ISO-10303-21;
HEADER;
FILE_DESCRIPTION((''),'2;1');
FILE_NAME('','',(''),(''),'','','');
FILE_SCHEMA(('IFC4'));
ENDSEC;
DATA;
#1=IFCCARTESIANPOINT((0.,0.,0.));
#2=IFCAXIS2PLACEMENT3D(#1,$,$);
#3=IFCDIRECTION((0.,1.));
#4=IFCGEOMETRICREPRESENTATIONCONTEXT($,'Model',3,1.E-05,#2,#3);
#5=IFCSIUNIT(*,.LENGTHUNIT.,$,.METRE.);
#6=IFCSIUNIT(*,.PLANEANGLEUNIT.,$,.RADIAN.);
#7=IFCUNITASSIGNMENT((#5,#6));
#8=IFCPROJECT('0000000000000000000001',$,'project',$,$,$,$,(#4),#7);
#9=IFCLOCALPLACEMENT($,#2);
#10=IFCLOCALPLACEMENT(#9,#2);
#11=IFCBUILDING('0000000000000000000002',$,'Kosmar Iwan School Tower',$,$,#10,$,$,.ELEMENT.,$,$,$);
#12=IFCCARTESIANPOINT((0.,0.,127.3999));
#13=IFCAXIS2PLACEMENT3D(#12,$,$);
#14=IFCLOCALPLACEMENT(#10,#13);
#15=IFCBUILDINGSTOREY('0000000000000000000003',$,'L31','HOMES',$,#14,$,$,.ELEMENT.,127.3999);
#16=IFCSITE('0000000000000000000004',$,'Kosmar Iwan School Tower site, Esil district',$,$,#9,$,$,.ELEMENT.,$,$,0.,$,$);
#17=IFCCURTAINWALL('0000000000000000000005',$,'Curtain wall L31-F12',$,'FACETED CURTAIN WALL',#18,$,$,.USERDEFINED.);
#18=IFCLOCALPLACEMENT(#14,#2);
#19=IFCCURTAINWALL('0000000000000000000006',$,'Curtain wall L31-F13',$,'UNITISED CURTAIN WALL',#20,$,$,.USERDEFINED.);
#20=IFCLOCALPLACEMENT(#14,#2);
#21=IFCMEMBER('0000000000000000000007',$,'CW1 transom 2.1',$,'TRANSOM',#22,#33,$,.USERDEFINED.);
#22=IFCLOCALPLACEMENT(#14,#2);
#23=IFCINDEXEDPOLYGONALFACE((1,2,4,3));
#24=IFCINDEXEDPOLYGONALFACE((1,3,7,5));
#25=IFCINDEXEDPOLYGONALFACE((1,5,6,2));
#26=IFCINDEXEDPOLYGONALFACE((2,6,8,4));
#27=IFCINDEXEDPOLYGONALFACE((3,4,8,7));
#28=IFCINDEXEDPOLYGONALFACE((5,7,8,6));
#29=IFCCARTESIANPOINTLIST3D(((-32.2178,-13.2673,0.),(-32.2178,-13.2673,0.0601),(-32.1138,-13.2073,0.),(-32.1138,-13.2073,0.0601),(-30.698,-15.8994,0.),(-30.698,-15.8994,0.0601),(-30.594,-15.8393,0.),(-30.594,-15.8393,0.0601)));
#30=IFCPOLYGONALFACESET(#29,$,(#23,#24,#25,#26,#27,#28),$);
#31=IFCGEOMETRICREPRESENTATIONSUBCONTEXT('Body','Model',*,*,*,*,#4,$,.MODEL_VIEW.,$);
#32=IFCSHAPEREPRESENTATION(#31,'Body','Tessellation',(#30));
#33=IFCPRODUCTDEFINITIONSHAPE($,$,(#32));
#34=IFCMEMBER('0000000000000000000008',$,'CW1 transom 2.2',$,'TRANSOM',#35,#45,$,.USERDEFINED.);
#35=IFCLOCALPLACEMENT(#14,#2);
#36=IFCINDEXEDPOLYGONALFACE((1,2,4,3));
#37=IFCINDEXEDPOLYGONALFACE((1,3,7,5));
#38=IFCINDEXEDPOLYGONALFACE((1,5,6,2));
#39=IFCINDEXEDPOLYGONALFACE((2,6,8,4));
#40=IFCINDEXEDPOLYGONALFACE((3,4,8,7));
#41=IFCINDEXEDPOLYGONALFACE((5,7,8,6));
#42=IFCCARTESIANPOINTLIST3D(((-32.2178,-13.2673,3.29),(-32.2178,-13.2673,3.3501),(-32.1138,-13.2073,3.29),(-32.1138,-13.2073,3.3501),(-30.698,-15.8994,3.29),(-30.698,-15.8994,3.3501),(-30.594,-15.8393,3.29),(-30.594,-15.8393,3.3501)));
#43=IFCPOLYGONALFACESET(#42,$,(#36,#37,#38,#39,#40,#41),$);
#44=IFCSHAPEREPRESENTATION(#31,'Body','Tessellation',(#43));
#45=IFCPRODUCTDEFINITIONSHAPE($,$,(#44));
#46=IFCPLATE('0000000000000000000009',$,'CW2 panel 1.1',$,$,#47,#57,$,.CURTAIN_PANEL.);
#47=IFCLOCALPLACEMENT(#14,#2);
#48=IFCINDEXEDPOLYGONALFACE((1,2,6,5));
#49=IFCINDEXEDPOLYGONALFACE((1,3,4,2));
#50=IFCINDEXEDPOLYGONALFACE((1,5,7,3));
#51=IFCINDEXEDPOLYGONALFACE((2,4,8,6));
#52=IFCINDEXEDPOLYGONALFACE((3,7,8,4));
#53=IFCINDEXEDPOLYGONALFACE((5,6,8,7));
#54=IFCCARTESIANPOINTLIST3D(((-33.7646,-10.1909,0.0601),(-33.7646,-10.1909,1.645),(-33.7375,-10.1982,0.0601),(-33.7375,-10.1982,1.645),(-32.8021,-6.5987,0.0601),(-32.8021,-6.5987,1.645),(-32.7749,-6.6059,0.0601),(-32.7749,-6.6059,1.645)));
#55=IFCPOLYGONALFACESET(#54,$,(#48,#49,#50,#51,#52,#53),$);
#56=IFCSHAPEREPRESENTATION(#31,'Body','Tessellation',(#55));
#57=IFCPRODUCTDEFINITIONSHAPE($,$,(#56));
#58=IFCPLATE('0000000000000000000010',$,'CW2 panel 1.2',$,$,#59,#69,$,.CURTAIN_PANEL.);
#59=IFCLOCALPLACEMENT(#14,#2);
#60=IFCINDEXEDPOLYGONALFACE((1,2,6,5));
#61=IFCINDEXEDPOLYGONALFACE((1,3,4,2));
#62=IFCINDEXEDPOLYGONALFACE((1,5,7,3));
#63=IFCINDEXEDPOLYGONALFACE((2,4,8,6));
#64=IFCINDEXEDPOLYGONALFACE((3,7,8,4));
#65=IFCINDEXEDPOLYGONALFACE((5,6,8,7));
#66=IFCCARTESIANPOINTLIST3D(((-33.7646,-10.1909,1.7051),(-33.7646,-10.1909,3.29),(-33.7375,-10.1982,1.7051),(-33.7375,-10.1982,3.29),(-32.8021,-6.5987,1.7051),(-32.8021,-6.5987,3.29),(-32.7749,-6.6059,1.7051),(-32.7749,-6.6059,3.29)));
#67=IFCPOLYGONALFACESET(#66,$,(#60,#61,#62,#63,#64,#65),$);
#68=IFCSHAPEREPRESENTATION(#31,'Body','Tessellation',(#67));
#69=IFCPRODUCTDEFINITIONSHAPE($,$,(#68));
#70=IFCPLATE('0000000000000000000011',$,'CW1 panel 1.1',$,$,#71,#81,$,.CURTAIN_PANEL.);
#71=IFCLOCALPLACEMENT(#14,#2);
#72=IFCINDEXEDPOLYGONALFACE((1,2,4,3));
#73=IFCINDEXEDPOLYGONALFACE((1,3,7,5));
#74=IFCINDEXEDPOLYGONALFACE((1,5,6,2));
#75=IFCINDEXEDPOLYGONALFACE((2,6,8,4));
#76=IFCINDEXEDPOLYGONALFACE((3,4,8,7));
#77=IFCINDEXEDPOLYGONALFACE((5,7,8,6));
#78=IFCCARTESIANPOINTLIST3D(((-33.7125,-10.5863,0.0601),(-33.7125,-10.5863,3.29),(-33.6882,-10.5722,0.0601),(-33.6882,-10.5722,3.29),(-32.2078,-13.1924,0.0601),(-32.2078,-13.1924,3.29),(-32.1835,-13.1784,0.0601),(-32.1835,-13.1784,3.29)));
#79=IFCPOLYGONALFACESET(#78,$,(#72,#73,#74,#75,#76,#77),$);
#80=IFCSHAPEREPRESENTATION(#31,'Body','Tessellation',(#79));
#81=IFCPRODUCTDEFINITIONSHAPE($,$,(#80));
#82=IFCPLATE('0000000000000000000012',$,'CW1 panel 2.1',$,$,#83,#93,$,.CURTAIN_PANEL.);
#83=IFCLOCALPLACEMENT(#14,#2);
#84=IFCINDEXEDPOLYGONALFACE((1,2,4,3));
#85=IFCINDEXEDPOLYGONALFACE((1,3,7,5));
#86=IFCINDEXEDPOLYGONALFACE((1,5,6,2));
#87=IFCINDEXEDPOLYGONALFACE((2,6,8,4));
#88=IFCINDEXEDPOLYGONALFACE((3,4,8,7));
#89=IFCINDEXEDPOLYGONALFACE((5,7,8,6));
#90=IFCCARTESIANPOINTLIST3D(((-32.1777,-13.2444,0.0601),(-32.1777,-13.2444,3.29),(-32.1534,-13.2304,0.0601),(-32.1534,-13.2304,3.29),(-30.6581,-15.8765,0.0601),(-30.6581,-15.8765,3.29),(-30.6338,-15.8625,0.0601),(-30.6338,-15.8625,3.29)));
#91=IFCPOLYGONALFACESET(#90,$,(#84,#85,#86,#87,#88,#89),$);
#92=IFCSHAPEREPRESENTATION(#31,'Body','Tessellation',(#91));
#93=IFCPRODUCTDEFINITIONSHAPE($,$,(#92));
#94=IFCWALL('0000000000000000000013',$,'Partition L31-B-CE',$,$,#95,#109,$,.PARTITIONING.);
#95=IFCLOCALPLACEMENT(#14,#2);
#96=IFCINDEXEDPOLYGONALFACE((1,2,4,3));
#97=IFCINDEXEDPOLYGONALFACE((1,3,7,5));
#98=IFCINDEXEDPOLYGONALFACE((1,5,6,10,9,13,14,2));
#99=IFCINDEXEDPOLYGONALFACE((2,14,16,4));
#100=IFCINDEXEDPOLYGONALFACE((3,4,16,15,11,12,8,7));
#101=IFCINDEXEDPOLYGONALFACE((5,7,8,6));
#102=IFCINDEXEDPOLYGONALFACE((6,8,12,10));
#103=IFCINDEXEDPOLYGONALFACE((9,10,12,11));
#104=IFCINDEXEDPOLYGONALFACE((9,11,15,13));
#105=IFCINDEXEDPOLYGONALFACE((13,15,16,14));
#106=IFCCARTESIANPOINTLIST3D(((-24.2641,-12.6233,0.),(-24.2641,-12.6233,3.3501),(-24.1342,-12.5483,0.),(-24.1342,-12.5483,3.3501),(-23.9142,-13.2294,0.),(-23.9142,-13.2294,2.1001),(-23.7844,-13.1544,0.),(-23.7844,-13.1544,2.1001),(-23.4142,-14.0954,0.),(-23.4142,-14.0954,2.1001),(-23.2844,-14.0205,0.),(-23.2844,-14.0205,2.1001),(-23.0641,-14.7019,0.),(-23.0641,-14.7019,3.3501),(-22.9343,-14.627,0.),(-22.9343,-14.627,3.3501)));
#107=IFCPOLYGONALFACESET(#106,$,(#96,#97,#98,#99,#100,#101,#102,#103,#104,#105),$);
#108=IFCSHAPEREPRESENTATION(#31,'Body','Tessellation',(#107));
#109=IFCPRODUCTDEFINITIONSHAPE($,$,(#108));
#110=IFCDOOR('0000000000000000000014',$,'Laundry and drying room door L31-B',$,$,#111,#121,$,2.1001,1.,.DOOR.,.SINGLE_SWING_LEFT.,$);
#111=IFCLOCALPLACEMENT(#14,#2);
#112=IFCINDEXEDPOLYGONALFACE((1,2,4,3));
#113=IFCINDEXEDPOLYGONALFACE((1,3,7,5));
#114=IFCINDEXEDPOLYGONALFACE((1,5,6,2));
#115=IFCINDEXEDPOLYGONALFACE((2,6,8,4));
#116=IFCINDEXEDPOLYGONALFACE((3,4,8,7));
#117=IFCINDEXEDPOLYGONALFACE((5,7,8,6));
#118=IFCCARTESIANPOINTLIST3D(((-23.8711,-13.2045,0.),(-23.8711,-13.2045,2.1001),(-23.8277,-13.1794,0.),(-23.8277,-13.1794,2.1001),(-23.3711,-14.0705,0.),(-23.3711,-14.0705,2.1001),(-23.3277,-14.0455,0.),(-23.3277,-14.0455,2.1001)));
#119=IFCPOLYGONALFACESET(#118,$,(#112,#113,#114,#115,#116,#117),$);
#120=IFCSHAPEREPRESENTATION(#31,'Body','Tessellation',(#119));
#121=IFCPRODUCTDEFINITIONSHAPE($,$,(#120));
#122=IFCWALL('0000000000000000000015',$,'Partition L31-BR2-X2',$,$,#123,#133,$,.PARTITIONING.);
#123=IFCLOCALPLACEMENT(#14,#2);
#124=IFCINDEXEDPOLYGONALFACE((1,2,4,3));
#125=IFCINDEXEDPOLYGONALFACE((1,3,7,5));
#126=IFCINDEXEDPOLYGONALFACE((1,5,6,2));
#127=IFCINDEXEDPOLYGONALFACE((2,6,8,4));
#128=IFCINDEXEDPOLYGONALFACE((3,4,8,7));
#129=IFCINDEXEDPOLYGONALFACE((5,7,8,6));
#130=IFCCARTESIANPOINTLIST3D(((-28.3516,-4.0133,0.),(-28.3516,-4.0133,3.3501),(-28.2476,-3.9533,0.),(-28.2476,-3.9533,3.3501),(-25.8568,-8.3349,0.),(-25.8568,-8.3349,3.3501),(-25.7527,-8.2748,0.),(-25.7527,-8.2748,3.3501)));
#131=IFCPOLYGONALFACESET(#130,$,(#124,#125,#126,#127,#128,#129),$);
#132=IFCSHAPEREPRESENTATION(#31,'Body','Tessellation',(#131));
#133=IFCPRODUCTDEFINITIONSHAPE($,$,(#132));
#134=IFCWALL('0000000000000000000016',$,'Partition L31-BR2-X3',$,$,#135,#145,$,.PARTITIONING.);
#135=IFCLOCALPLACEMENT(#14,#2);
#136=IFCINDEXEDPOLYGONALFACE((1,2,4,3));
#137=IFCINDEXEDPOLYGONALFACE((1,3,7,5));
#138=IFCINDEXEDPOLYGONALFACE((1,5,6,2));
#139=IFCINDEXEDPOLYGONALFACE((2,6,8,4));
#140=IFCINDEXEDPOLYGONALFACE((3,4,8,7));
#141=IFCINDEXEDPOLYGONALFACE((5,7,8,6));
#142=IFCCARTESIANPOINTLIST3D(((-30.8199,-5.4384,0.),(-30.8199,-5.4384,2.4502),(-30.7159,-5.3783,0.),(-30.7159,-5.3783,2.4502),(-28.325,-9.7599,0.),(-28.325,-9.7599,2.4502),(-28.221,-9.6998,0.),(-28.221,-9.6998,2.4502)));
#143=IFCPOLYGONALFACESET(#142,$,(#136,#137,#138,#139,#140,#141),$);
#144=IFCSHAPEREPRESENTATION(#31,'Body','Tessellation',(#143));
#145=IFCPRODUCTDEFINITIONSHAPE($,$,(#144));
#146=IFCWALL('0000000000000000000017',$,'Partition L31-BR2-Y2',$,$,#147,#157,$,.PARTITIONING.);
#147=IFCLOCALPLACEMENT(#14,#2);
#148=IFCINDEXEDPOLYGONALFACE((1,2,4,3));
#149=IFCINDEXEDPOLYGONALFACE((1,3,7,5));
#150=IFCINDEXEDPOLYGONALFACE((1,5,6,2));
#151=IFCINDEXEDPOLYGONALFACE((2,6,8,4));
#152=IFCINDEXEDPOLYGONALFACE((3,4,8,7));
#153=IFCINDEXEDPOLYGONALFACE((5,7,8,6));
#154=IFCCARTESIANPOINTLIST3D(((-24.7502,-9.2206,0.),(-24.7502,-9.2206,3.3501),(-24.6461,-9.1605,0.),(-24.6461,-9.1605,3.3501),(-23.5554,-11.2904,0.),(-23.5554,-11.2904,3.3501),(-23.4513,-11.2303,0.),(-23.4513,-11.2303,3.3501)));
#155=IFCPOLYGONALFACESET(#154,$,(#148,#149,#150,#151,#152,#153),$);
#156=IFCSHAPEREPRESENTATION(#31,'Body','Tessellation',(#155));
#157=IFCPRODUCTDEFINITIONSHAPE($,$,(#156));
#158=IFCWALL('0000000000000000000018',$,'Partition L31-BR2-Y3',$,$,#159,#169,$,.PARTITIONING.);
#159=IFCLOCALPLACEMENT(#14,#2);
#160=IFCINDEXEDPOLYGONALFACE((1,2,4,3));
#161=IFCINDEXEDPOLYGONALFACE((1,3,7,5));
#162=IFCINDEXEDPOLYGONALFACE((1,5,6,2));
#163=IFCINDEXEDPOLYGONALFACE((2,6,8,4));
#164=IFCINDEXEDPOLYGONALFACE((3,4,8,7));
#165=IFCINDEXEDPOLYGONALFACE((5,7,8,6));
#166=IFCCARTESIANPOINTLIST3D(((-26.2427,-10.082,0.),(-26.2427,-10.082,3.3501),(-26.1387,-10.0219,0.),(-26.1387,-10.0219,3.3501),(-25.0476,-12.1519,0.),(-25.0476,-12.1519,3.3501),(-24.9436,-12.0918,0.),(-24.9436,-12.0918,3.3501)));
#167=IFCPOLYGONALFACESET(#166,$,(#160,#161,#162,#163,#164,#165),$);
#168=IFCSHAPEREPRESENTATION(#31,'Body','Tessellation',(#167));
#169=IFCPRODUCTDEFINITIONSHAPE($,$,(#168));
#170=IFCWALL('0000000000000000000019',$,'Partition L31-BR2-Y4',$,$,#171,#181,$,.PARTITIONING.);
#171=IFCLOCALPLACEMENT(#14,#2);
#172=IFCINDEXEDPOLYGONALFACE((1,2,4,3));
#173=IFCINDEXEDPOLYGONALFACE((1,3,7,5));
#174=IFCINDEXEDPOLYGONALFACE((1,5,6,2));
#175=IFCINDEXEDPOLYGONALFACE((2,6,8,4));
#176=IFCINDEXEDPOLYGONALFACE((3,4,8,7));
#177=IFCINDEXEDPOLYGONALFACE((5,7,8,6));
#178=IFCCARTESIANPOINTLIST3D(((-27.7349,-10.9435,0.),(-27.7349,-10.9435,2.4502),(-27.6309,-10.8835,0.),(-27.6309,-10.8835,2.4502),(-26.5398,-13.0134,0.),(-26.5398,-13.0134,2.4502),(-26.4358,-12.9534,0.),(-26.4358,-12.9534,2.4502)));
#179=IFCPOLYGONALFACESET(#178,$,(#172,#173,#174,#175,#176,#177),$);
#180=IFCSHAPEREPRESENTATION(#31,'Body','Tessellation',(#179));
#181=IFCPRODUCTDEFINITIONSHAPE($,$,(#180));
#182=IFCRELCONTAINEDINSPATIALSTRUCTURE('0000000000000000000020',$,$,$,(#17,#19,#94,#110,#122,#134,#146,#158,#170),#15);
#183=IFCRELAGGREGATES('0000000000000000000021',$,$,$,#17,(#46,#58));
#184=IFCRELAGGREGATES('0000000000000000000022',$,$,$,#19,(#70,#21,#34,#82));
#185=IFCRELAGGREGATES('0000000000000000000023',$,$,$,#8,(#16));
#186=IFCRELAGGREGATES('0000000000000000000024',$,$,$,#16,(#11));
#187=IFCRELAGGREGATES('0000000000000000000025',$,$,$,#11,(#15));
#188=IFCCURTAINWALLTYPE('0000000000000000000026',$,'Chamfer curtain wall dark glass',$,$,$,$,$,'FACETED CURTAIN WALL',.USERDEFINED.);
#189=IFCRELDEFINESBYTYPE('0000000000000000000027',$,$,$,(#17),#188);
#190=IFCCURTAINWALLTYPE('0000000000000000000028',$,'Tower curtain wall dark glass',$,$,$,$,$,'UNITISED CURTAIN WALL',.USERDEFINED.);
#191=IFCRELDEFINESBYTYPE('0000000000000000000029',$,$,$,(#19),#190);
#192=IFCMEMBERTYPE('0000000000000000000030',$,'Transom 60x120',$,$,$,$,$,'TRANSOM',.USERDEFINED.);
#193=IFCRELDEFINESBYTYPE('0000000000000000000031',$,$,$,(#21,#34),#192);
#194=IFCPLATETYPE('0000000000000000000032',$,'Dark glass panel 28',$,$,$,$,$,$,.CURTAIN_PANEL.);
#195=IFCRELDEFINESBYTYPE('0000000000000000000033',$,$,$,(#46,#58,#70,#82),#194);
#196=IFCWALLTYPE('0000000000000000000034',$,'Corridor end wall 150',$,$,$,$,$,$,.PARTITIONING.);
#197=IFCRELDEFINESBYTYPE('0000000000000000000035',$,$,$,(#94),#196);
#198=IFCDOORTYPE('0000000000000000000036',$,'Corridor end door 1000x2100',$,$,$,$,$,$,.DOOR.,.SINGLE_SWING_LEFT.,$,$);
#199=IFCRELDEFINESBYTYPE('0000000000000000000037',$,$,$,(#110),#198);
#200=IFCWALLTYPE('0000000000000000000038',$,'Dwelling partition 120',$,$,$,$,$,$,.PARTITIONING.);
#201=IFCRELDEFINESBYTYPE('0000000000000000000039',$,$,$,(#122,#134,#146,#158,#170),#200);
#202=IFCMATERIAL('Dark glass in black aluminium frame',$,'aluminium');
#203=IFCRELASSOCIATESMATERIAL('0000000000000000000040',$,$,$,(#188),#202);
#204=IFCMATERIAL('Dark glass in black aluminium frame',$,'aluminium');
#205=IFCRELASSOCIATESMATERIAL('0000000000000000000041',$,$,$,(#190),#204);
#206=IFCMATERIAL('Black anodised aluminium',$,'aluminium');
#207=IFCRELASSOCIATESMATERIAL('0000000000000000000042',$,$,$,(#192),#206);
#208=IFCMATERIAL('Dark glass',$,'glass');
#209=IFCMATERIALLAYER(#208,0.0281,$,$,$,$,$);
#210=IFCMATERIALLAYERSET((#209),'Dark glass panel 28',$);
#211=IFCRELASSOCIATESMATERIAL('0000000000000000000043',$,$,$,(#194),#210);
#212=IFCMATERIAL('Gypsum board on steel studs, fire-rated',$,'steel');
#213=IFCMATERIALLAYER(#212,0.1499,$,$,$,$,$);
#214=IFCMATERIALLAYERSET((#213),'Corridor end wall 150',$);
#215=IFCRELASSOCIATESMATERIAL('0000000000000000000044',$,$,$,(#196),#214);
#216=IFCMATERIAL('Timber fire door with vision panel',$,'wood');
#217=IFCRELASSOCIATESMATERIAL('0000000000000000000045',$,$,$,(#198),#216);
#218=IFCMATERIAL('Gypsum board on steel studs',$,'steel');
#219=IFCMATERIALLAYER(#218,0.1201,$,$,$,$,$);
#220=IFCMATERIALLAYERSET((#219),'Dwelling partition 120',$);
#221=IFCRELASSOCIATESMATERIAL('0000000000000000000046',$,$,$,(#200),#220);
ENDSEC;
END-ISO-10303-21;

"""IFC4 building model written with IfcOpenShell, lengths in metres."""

from ifc_helpers import new_model, si_unit, direction, frame, frame_2d, origin, origin_2d, place, context, subcontext, project, spatial, rectangle, extrude, material, layer, layer_set, material_profile, profile_set, type_object, element, fill, aggregate, save


model = new_model("IFC4")

# Units and contexts
model_context = context("Model", 3, precision=1e-05, world=origin(), true_north=direction((0.0, 1.0)))
body_context = subcontext(model_context, "Body", "Model", "MODEL_VIEW")
ifc_project = project(units=[si_unit("LENGTHUNIT", "METRE"), si_unit("PLANEANGLEUNIT", "RADIAN")], contexts=[model_context])

# Site, building, storey
site_placement = place(None, origin())
site = spatial("IfcSite", under=ifc_project, at=site_placement, Name="Kosmar Iwan School Tower site, Esil district", CompositionType="ELEMENT", RefElevation=0.0)
building_placement = place(site_placement, origin())
building = spatial("IfcBuilding", under=site, at=building_placement, Name="Kosmar Iwan School Tower", CompositionType="ELEMENT")
storey_placement = place(building_placement, frame((0.0, 0.0, 127.3999)))
storey = spatial("IfcBuildingStorey", under=building, at=storey_placement, Name="L31", Description="HOMES", CompositionType="ELEMENT", Elevation=127.3999)

# Curtain wall
ifc_material_1 = material(Name="Dark glass in black aluminium frame", Category="aluminium")
curtain_wall_type_1 = type_object("IfcCurtainWallType", Name="Chamfer curtain wall dark glass", ElementType="FACETED CURTAIN WALL", PredefinedType="USERDEFINED", material=ifc_material_1)
curtain_wall_1_placement = place(storey_placement, origin())
curtain_wall_1 = element("IfcCurtainWall", 1, at=curtain_wall_1_placement, inside=storey, type_object=curtain_wall_type_1, Name="Curtain wall L31-F12", ObjectType="FACETED CURTAIN WALL", PredefinedType="USERDEFINED")

# Curtain wall
ifc_material_2 = material(Name="Dark glass in black aluminium frame", Category="aluminium")
curtain_wall_type_2 = type_object("IfcCurtainWallType", Name="Tower curtain wall dark glass", ElementType="UNITISED CURTAIN WALL", PredefinedType="USERDEFINED", material=ifc_material_2)
curtain_wall_2_placement = place(storey_placement, origin())
curtain_wall_2 = element("IfcCurtainWall", 2, at=curtain_wall_2_placement, inside=storey, type_object=curtain_wall_type_2, Name="Curtain wall L31-F13", ObjectType="UNITISED CURTAIN WALL", PredefinedType="USERDEFINED")

# Members
ifc_material_3 = material(Name="Black anodised aluminium", Category="aluminium")
ifc_material_profile_1 = material_profile(ifc_material_3, rectangle(XDim=0.1201, YDim=0.0601, at=origin_2d()), Name="TRANSOM 60x120")
ifc_profile_set_1 = profile_set([ifc_material_profile_1], Name="Black anodised aluminium")
member_type_1 = type_object("IfcMemberType", Name="Transom 60x120", ElementType="TRANSOM", PredefinedType="USERDEFINED", material=ifc_profile_set_1)
member_1_placement = place(storey_placement, frame((-32.1658, -13.2373, 0.03), z_axis=(0.500035, -0.866005, 0.0), x_axis=(0.866005, 0.500035, 0.0)))
member_1 = element("IfcMember", 3, at=member_1_placement, type_object=member_type_1, Name="CW1 transom 2.1", ObjectType="TRANSOM", PredefinedType="USERDEFINED", context=body_context, shape_type="SweptSolid", body=[
    extrude(rectangle(XDim=0.1201, YDim=0.0601, at=origin_2d()), origin(), (0.0, 0.0, 1.0), 3.0393),
])
member_2_placement = place(storey_placement, frame((-32.1658, -13.2373, 3.3201), z_axis=(0.500035, -0.866005, 0.0), x_axis=(0.866005, 0.500035, 0.0)))
member_2 = element("IfcMember", 4, at=member_2_placement, type_object=member_type_1, Name="CW1 transom 2.2", ObjectType="TRANSOM", PredefinedType="USERDEFINED", context=body_context, shape_type="SweptSolid", body=[
    extrude(rectangle(XDim=0.1201, YDim=0.0601, at=origin_2d()), origin(), (0.0, 0.0, 1.0), 3.0393),
])

# Plates
ifc_material_4 = material(Name="Dark glass", Category="glass")
ifc_layer_1 = layer(ifc_material_4, 0.0281)
ifc_layer_set_1 = layer_set([ifc_layer_1], Name="Dark glass panel 28")
plate_type = type_object("IfcPlateType", Name="Dark glass panel 28", PredefinedType="CURTAIN_PANEL", material=ifc_layer_set_1)
plate_1_placement = place(storey_placement, frame((-33.2698, -8.3984, 0.0601), z_axis=(0.0, 0.0, 1.0), x_axis=(-0.258819, -0.965926, 0.0)))
plate_1 = element("IfcPlate", 5, at=plate_1_placement, type_object=plate_type, Name="CW2 panel 1.1", PredefinedType="CURTAIN_PANEL", context=body_context, shape_type="SweptSolid", body=[
    extrude(rectangle(XDim=3.719, YDim=0.0281, at=origin_2d()), origin(), (0.0, 0.0, 1.0), 1.585),
])
plate_2_placement = place(storey_placement, frame((-33.2698, -8.3984, 1.7051), z_axis=(0.0, 0.0, 1.0), x_axis=(-0.258819, -0.965926, 0.0)))
plate_2 = element("IfcPlate", 6, at=plate_2_placement, type_object=plate_type, Name="CW2 panel 1.2", PredefinedType="CURTAIN_PANEL", context=body_context, shape_type="SweptSolid", body=[
    extrude(rectangle(XDim=3.719, YDim=0.0281, at=origin_2d()), origin(), (0.0, 0.0, 1.0), 1.585),
])
aggregate(curtain_wall_1, [plate_1, plate_2])
plate_3_placement = place(storey_placement, frame((-32.948, -11.8823, 0.0601), z_axis=(0.0, 0.0, 1.0), x_axis=(0.5, -0.866025, 0.0)))
plate_3 = element("IfcPlate", 7, at=plate_3_placement, type_object=plate_type, Name="CW1 panel 1.1", PredefinedType="CURTAIN_PANEL", context=body_context, shape_type="SweptSolid", body=[
    extrude(rectangle(XDim=3.0093, YDim=0.0281, at=origin_2d()), origin(), (0.0, 0.0, 1.0), 3.23),
])
plate_4_placement = place(storey_placement, frame((-31.4058, -14.5535, 0.0601), z_axis=(0.0, 0.0, 1.0), x_axis=(0.5, -0.866025, 0.0)))
plate_4 = element("IfcPlate", 8, at=plate_4_placement, type_object=plate_type, Name="CW1 panel 2.1", PredefinedType="CURTAIN_PANEL", context=body_context, shape_type="SweptSolid", body=[
    extrude(rectangle(XDim=3.0393, YDim=0.0281, at=origin_2d()), origin(), (0.0, 0.0, 1.0), 3.23),
])
aggregate(curtain_wall_2, [plate_3, member_1, member_2, plate_4])

# Wall, opening, door
ifc_material_5 = material(Name="Gypsum board on steel studs, fire-rated", Category="steel")
ifc_layer_2 = layer(ifc_material_5, 0.1499)
ifc_layer_set_2 = layer_set([ifc_layer_2], Name="Corridor end wall 150")
wall_type_1 = type_object("IfcWallType", Name="Corridor end wall 150", PredefinedType="PARTITIONING", material=ifc_layer_set_2)
wall_1_placement = place(storey_placement, frame((-24.1992, -12.5857, 0.0), z_axis=(0.0, 0.0, 1.0), x_axis=(0.499957, -0.86605, 0.0)))
wall_1 = element("IfcWall", 9, at=wall_1_placement, inside=storey, type_object=wall_type_1, Name="Partition L31-B-CE", PredefinedType="PARTITIONING", context=body_context, shape_type="SweptSolid", body=[
    extrude(rectangle(XDim=2.4001, YDim=0.1499, at=frame_2d((1.2002, 0.0))), origin(), (0.0, 0.0, 1.0), 3.3501),
])
opening_placement = place(wall_1_placement, frame((0.7, 0.0, 0.0)))
opening = element("IfcOpeningElement", 10, at=opening_placement, cuts=wall_1, PredefinedType="OPENING", context=body_context, shape_type="SweptSolid", body=[
    extrude(rectangle(XDim=1.0, YDim=2.1001, at=frame_2d((0.5, 1.05))), frame((0.0, 0.0869, 0.0), z_axis=(0.0, -1.0, 0.0), x_axis=(1.0, 0.0, 0.0)), (0.0, 0.0, 1.0), 0.1738),
])
ifc_material_6 = material(Name="Timber fire door with vision panel", Category="wood")
door_type = type_object("IfcDoorType", Name="Corridor end door 1000x2100", OperationType="SINGLE_SWING_LEFT", PredefinedType="DOOR", material=ifc_material_6)
door_placement = place(opening_placement, origin())
door = element("IfcDoor", 11, at=door_placement, inside=storey, type_object=door_type, Name="Laundry and drying room door L31-B", OperationType="SINGLE_SWING_LEFT", OverallHeight=2.1001, OverallWidth=1.0, PredefinedType="DOOR", context=body_context, shape_type="SweptSolid", body=[
    extrude(rectangle(XDim=1.0, YDim=2.1001, at=frame_2d((0.5, 1.05))), frame((0.0, 0.0249, 0.0), z_axis=(0.0, -1.0, 0.0), x_axis=(1.0, 0.0, 0.0)), (0.0, 0.0, 1.0), 0.05),
])
fill(opening, door)

# Walls
ifc_material_7 = material(Name="Gypsum board on steel studs", Category="steel")
ifc_layer_3 = layer(ifc_material_7, 0.1201)
ifc_layer_set_3 = layer_set([ifc_layer_3], Name="Dwelling partition 120")
wall_type_2 = type_object("IfcWallType", Name="Dwelling partition 120", PredefinedType="PARTITIONING", material=ifc_layer_set_3)
wall_2_placement = place(storey_placement, frame((-25.8047, -8.3049, 0.0), z_axis=(0.0, 0.0, 1.0), x_axis=(-0.499975, 0.86604, 0.0)))
element("IfcWall", 12, at=wall_2_placement, inside=storey, type_object=wall_type_2, Name="Partition L31-BR2-X2", PredefinedType="PARTITIONING", context=body_context, shape_type="SweptSolid", body=[
    extrude(rectangle(XDim=4.99, YDim=0.1201, at=frame_2d((2.4951, 0.0))), origin(), (0.0, 0.0, 1.0), 3.3501),
])
wall_3_placement = place(storey_placement, frame((-28.2729, -9.73, 0.0), z_axis=(0.0, 0.0, 1.0), x_axis=(-0.499975, 0.86604, 0.0)))
element("IfcWall", 13, at=wall_3_placement, inside=storey, type_object=wall_type_2, Name="Partition L31-BR2-X3", PredefinedType="PARTITIONING", context=body_context, shape_type="SweptSolid", body=[
    extrude(rectangle(XDim=4.99, YDim=0.1201, at=frame_2d((2.4951, 0.0))), origin(), (0.0, 0.0, 1.0), 2.4502),
])
wall_4_placement = place(storey_placement, frame((-23.5034, -11.2603, 0.0), z_axis=(0.0, 0.0, 1.0), x_axis=(-0.499941, 0.86606, 0.0)))
element("IfcWall", 14, at=wall_4_placement, inside=storey, type_object=wall_type_2, Name="Partition L31-BR2-Y2", PredefinedType="PARTITIONING", context=body_context, shape_type="SweptSolid", body=[
    extrude(rectangle(XDim=2.3899, YDim=0.1201, at=frame_2d((1.1948, 0.0))), origin(), (0.0, 0.0, 1.0), 3.3501),
])
wall_5_placement = place(storey_placement, frame((-24.9956, -12.1218, 0.0), z_axis=(0.0, 0.0, 1.0), x_axis=(-0.500017, 0.866015, 0.0)))
element("IfcWall", 15, at=wall_5_placement, inside=storey, type_object=wall_type_2, Name="Partition L31-BR2-Y3", PredefinedType="PARTITIONING", context=body_context, shape_type="SweptSolid", body=[
    extrude(rectangle(XDim=2.3901, YDim=0.1201, at=frame_2d((1.1951, 0.0))), origin(), (0.0, 0.0, 1.0), 3.3501),
])
wall_6_placement = place(storey_placement, frame((-26.4878, -12.9834, 0.0), z_axis=(0.0, 0.0, 1.0), x_axis=(-0.500017, 0.866015, 0.0)))
element("IfcWall", 16, at=wall_6_placement, inside=storey, type_object=wall_type_2, Name="Partition L31-BR2-Y4", PredefinedType="PARTITIONING", context=body_context, shape_type="SweptSolid", body=[
    extrude(rectangle(XDim=2.3901, YDim=0.1201, at=frame_2d((1.1951, 0.0))), origin(), (0.0, 0.0, 1.0), 2.4502),
])

save(model, "model.ifc")
